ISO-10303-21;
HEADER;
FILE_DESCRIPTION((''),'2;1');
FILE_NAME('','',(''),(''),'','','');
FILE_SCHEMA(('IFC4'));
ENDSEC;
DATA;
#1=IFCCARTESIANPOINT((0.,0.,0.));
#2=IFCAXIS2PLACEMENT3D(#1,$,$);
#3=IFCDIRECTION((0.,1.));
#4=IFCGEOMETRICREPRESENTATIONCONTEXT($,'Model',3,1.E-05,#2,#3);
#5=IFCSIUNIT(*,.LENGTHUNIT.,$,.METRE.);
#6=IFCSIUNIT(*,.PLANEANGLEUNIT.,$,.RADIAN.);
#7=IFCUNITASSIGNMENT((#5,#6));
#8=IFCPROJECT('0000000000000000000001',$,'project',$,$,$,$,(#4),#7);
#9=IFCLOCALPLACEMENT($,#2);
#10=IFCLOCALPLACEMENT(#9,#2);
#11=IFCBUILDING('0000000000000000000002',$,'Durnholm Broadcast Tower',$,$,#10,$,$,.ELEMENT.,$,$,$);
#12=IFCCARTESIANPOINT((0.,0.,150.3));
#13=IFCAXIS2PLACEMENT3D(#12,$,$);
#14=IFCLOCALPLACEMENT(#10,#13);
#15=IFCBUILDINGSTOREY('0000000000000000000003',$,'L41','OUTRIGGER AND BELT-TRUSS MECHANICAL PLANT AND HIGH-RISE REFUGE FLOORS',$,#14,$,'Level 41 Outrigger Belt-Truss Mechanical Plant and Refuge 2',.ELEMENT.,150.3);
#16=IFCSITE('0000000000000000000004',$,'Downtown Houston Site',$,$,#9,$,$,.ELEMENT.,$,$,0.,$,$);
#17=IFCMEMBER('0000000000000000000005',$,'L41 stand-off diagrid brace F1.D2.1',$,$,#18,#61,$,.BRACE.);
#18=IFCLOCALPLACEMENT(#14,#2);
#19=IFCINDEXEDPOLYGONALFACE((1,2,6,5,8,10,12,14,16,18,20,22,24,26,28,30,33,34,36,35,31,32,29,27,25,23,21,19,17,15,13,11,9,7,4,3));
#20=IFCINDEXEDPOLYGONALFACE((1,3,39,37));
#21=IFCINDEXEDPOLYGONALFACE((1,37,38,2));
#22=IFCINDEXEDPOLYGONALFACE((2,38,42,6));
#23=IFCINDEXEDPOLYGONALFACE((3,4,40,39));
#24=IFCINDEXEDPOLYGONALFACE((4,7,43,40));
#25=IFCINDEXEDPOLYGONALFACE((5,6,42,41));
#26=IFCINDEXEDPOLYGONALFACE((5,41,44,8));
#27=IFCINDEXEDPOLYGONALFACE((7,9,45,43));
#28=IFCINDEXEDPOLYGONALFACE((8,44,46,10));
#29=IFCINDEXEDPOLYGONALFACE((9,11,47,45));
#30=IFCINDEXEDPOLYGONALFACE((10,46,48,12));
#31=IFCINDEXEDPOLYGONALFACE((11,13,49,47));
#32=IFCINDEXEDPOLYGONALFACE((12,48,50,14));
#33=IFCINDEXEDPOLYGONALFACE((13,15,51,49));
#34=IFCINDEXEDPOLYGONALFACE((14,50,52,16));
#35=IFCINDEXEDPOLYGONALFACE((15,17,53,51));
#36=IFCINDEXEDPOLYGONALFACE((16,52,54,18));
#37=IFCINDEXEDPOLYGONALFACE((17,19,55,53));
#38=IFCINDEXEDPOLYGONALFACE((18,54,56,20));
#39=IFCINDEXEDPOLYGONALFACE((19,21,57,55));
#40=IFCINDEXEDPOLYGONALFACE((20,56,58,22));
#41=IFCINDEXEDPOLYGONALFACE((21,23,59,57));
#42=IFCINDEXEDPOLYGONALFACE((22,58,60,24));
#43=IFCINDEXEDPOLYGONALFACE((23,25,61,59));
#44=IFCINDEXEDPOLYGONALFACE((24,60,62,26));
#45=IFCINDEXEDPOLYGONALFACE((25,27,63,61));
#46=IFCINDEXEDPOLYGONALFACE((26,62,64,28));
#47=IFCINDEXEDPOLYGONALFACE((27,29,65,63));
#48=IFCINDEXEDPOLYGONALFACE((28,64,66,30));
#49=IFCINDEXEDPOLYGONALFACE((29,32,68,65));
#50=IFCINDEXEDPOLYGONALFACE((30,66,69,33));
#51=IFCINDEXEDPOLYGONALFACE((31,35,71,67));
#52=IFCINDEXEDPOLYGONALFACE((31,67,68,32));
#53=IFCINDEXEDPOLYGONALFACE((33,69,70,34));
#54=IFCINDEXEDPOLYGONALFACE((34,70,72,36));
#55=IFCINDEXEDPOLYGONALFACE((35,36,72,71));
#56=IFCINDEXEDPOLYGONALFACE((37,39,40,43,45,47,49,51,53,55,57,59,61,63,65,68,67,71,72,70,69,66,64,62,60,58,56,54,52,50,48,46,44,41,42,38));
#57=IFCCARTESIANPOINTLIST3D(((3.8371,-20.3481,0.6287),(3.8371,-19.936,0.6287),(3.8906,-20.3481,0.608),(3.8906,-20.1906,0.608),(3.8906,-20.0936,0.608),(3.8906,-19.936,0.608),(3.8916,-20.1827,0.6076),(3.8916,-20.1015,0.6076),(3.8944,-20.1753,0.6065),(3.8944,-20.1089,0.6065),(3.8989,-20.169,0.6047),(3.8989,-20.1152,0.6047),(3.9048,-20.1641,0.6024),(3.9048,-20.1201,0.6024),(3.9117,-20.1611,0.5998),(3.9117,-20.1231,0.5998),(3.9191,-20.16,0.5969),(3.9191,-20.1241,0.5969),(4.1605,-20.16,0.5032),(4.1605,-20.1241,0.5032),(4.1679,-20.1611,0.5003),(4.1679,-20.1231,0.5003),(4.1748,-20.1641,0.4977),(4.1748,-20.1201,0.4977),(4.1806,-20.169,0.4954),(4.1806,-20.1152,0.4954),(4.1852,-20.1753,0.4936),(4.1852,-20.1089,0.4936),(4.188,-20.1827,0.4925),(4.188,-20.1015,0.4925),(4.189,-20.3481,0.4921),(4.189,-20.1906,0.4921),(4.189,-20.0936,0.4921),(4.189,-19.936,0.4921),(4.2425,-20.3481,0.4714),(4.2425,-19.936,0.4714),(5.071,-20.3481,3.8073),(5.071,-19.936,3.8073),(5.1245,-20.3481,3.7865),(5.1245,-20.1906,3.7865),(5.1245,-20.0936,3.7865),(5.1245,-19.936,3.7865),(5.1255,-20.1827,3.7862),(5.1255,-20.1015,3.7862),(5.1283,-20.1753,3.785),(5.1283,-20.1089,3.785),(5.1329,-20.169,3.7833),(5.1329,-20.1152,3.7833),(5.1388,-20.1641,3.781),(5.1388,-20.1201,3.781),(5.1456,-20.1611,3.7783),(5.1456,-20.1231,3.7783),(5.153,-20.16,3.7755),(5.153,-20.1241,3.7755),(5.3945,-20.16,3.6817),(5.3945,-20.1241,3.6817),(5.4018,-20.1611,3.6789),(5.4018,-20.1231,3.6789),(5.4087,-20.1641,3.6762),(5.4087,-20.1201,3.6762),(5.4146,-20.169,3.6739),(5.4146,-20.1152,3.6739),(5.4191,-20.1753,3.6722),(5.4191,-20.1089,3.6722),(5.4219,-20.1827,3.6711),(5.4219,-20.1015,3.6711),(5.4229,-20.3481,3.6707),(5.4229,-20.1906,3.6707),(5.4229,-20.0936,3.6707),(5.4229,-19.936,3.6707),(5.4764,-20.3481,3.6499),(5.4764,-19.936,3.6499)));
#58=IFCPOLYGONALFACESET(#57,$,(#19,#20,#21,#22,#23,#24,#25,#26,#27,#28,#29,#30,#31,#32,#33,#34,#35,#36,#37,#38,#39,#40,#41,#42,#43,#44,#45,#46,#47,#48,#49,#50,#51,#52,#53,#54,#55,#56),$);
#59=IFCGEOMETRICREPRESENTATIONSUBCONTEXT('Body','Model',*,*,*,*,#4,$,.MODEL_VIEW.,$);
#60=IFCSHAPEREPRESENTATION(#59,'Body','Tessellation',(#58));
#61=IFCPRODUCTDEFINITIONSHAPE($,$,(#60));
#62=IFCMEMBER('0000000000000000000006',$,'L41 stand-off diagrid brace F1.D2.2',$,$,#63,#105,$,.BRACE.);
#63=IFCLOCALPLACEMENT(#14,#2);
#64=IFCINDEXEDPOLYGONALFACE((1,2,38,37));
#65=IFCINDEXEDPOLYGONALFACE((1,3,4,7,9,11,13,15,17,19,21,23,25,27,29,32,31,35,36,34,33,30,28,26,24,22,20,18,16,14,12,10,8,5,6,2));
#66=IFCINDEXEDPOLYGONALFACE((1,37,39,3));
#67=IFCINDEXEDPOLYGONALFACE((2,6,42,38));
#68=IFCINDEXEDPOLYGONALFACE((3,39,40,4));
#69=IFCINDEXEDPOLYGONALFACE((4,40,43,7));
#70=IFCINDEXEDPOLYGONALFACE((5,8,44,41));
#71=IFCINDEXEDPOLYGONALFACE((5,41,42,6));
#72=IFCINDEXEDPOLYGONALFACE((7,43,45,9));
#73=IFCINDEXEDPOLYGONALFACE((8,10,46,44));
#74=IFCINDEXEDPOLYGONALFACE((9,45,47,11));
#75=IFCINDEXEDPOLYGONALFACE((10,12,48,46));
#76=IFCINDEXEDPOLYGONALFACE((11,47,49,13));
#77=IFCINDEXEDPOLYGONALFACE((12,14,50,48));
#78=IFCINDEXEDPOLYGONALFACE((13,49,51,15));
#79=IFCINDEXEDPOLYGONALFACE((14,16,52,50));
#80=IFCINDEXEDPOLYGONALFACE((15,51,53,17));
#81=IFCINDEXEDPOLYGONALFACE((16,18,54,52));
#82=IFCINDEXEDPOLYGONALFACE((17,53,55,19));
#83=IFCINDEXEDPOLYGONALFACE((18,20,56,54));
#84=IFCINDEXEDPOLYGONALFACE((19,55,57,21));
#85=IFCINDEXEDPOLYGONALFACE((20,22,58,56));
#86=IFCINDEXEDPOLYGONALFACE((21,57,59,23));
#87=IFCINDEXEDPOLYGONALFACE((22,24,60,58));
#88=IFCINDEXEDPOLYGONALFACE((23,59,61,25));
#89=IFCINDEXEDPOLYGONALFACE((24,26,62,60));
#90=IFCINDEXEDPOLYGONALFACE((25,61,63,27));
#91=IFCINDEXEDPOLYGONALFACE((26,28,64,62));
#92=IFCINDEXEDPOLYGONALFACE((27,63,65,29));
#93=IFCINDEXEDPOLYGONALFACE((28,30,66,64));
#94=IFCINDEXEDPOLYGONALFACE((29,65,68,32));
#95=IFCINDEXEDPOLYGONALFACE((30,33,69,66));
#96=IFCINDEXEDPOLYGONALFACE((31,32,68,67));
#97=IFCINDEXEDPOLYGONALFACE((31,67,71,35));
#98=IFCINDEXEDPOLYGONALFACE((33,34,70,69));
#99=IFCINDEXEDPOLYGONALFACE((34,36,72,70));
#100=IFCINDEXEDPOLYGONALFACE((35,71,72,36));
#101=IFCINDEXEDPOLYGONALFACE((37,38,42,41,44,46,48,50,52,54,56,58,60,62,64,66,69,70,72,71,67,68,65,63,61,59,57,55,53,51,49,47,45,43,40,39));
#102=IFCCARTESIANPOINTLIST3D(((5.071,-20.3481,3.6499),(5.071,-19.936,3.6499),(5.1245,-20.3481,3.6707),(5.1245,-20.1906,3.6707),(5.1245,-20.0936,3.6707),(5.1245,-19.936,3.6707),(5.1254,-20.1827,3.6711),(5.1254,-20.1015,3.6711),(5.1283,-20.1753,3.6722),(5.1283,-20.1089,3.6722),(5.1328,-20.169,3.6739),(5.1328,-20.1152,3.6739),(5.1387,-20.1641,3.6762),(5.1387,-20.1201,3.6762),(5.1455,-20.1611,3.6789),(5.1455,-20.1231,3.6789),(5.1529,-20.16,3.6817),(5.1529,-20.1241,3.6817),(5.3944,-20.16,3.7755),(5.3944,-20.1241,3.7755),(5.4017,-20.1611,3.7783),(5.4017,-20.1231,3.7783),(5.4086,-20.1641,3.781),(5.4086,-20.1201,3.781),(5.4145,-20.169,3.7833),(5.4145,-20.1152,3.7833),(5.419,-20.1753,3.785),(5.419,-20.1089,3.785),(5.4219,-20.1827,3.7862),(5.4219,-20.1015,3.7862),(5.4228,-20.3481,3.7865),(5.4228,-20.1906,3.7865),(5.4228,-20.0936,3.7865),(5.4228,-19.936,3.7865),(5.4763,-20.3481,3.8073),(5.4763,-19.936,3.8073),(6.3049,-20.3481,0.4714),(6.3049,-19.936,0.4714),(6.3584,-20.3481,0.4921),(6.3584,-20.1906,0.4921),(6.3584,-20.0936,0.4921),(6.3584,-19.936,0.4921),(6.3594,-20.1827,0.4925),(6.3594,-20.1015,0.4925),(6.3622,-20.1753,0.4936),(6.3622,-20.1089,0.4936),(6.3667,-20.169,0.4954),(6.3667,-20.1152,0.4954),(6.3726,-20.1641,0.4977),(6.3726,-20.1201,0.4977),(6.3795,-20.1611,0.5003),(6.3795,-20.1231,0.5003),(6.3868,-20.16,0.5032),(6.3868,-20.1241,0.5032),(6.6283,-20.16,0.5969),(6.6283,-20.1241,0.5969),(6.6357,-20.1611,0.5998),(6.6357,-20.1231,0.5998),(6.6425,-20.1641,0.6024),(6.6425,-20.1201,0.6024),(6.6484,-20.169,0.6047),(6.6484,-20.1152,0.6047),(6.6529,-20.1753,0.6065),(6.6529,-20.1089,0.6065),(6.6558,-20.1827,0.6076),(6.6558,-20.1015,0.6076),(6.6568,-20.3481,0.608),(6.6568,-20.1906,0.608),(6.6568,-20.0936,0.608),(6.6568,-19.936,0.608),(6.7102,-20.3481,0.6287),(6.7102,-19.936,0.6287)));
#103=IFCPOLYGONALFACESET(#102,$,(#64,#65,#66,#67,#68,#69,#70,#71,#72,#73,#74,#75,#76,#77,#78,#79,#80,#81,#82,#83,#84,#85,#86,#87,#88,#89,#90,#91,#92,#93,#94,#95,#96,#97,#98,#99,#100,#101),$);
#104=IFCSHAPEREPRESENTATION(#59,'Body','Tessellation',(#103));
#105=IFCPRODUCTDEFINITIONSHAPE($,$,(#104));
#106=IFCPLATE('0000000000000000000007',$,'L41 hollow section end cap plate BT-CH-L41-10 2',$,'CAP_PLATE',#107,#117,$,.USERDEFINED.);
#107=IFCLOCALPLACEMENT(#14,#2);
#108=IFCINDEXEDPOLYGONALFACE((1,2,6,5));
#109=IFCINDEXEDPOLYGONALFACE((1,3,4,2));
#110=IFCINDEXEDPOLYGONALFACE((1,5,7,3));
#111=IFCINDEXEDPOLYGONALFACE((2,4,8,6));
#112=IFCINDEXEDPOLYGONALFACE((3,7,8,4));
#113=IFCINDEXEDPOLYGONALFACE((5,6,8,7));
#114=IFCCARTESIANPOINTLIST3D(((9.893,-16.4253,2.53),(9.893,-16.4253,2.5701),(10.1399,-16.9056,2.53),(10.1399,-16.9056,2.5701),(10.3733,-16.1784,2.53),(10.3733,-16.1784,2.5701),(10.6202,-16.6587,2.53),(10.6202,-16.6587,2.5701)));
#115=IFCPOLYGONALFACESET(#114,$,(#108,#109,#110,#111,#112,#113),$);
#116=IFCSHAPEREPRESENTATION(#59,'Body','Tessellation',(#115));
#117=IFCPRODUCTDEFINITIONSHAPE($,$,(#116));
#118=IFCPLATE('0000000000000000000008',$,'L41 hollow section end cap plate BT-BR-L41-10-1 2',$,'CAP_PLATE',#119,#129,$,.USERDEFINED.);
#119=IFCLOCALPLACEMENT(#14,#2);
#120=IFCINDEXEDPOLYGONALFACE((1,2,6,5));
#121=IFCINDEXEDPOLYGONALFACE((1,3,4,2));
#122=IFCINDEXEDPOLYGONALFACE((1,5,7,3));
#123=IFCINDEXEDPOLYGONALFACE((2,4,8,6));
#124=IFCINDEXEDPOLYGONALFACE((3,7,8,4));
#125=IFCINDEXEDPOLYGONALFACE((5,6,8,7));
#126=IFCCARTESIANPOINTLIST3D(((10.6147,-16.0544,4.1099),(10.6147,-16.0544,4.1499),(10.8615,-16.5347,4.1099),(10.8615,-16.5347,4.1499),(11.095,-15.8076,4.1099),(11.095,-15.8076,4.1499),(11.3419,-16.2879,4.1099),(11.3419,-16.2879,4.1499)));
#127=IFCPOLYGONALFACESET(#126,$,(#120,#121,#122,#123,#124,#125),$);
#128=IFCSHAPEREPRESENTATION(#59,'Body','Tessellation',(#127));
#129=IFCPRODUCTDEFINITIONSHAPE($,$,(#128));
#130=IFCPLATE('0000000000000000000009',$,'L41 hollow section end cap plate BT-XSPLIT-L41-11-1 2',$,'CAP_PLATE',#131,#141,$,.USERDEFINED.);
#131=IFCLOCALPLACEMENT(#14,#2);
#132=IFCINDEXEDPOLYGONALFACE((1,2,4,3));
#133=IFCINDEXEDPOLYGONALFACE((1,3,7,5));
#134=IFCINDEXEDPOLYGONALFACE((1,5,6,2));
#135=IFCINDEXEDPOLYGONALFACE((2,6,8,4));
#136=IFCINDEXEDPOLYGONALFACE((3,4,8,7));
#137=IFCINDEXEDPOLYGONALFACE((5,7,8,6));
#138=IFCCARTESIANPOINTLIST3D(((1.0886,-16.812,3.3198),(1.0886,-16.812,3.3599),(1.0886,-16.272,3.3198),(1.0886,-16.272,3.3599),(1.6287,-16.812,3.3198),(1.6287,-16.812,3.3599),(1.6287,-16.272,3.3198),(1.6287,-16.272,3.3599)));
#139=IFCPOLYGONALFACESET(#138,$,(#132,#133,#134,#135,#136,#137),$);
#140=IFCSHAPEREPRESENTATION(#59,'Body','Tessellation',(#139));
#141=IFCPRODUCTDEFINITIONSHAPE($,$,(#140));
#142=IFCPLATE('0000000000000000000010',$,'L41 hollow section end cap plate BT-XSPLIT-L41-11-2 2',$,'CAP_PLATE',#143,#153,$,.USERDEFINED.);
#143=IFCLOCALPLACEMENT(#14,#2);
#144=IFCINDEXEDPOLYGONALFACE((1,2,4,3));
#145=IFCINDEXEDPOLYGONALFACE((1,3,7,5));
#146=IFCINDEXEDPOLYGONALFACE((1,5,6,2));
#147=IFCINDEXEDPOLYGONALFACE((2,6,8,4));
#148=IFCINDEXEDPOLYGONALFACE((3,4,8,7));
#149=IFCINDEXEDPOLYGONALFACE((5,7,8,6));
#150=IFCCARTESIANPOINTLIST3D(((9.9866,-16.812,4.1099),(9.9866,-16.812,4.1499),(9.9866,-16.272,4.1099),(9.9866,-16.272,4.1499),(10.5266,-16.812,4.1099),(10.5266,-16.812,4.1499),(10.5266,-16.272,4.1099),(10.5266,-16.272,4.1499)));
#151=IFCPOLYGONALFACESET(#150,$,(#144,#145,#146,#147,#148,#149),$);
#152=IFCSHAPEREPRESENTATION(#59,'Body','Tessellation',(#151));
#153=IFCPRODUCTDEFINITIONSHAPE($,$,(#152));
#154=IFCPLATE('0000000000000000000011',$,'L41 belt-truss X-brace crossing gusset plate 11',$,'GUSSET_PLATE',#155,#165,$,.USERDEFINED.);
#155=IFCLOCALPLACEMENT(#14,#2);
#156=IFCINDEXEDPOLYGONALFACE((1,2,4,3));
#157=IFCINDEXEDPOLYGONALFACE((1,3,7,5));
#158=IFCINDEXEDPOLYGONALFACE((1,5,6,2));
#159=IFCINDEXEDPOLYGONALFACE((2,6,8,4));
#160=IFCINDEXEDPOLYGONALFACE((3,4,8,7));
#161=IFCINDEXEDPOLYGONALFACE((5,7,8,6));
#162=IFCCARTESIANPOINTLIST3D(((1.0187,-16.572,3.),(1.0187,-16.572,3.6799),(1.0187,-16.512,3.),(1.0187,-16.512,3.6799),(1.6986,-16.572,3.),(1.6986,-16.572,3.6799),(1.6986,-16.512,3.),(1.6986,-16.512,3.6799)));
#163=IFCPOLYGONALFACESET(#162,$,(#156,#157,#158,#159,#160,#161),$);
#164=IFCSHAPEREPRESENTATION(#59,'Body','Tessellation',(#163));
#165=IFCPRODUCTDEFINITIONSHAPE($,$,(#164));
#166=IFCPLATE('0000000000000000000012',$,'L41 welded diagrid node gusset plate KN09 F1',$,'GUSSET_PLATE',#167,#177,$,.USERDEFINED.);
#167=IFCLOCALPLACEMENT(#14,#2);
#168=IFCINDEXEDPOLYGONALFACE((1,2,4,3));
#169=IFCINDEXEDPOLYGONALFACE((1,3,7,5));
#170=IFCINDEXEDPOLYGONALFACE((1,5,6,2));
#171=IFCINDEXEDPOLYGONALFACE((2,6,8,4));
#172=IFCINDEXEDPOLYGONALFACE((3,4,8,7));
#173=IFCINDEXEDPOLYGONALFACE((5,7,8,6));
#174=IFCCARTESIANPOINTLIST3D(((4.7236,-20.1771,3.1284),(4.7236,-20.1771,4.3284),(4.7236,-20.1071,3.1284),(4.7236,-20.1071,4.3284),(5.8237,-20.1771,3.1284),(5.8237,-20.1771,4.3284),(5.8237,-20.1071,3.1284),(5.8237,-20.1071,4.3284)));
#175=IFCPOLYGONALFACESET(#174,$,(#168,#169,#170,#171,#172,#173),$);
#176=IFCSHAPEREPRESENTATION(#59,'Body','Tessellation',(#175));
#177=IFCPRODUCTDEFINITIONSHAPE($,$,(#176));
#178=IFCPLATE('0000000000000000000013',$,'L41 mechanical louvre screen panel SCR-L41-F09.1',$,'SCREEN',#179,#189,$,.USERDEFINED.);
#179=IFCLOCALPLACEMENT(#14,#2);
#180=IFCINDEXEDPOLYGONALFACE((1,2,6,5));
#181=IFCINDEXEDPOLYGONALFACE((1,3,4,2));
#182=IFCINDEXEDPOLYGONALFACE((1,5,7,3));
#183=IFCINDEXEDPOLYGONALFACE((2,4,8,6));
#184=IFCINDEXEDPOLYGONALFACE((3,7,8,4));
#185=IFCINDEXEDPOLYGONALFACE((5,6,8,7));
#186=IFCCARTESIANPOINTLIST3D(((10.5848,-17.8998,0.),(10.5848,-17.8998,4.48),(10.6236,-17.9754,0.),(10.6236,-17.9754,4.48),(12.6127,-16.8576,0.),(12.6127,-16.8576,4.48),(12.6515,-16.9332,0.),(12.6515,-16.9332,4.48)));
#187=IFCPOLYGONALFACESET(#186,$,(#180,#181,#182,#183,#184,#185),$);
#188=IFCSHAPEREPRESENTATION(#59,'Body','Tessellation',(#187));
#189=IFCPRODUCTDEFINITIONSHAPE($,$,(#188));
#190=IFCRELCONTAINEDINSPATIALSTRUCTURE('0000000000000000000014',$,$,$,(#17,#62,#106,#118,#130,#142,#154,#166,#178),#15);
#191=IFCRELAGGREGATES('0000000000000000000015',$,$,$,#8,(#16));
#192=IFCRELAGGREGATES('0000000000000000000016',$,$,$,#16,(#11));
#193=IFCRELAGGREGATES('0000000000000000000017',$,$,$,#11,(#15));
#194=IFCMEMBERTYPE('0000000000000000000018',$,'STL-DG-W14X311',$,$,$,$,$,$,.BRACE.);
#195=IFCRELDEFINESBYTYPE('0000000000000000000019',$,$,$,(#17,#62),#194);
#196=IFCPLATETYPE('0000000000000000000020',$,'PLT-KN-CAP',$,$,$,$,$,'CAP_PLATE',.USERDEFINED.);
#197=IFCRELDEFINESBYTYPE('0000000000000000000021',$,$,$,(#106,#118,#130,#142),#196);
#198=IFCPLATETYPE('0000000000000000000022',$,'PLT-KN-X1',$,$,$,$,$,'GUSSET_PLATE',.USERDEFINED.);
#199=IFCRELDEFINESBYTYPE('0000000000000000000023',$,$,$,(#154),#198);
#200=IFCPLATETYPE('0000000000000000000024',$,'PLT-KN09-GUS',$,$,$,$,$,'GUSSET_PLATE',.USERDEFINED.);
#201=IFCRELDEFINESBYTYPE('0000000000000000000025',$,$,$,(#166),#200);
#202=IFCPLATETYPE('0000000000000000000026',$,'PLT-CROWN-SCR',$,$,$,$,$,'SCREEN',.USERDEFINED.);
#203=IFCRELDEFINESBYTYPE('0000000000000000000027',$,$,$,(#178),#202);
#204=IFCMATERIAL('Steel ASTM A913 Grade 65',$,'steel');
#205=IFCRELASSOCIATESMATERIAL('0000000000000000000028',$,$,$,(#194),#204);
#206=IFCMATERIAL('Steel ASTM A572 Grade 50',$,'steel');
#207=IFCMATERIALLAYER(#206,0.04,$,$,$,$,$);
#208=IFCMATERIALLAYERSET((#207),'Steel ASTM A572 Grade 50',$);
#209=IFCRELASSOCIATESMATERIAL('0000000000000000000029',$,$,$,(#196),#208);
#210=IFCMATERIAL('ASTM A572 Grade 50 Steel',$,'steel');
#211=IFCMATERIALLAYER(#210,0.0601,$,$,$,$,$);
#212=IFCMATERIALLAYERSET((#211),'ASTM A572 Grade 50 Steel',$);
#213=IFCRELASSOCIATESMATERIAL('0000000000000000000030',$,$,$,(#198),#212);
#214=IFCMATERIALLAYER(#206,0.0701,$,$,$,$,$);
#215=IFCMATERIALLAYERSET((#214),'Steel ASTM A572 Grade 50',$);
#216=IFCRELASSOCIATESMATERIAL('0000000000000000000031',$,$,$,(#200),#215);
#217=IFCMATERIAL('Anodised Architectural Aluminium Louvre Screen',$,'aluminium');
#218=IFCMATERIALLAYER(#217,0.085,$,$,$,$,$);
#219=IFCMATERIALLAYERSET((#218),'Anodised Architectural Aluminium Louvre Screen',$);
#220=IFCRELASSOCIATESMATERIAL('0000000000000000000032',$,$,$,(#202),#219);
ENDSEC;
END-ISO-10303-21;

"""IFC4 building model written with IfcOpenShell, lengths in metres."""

from ifc_helpers import new_model, si_unit, direction, frame, origin, origin_2d, place, context, subcontext, project, spatial, rectangle, i_section, extrude, source, transform, mapped, material, layer, layer_set, material_profile, profile_set, type_object, type_shapes, element, save


model = new_model("IFC4")

# Units and contexts
model_context = context("Model", 3, precision=1e-05, world=origin(), true_north=direction((0.0, 1.0)))
body_context = subcontext(model_context, "Body", "Model", "MODEL_VIEW")
ifc_project = project(units=[si_unit("LENGTHUNIT", "METRE"), si_unit("PLANEANGLEUNIT", "RADIAN")], contexts=[model_context])

# Site, building, storey
site_placement = place(None, origin())
site = spatial("IfcSite", under=ifc_project, at=site_placement, Name="Downtown Houston Site", CompositionType="ELEMENT", RefElevation=0.0)
building_placement = place(site_placement, origin())
building = spatial("IfcBuilding", under=site, at=building_placement, Name="Durnholm Broadcast Tower", CompositionType="ELEMENT")
storey_placement = place(building_placement, frame((0.0, 0.0, 150.3)))
storey = spatial("IfcBuildingStorey", under=building, at=storey_placement, Name="L41", Description="OUTRIGGER AND BELT-TRUSS MECHANICAL PLANT AND HIGH-RISE REFUGE FLOORS", LongName="Level 41 Outrigger Belt-Truss Mechanical Plant and Refuge 2", CompositionType="ELEMENT", Elevation=150.3)

# Members
ifc_material_1 = material(Name="Steel ASTM A913 Grade 65", Category="steel")
ifc_material_profile_1 = material_profile(ifc_material_1, i_section(OverallWidth=0.4121, OverallDepth=0.4348, WebThickness=0.0359, FlangeThickness=0.0574, FilletRadius=0.0305, at=origin_2d()), Name="W14X311")
ifc_profile_set_1 = profile_set([ifc_material_profile_1], Name="Steel ASTM A913 Grade 65")
member_type_1 = type_object("IfcMemberType", Name="STL-DG-W14X311", PredefinedType="BRACE", material=ifc_profile_set_1)
shared_shape_1 = source(origin(), body_context, "Body", "SweptSolid", [
    extrude(i_section(OverallWidth=0.4121, OverallDepth=0.4348, WebThickness=0.0359, FlangeThickness=0.0574, FilletRadius=0.0305, at=origin_2d()), origin(), (0.0, 0.0, 1.0), 3.4097),
])
type_shapes(member_type_1, [shared_shape_1])
for number, where, z_axis, x_axis, name in (
    (1, (4.0398, -20.1421, 0.55), (0.36189, 0.0, 0.932221), (0.0, 1.0, 0.0), "L41 stand-off diagrid brace F1.D2.1"),
    (2, (6.5076, -20.1421, 0.55), (-0.36189, 0.0, 0.932221), (0.0, -1.0, 0.0), "L41 stand-off diagrid brace F1.D2.2"),
):
    element("IfcMember", number, at=place(storey_placement, frame(where, z_axis=z_axis, x_axis=x_axis)), inside=storey, type_object=member_type_1, Name=name, PredefinedType="BRACE", context=body_context, shape_type="MappedRepresentation", body=[
        mapped(shared_shape_1, transform((0.0, 0.0, 0.0), x_axis=(1.0, 0.0, 0.0), y_axis=(0.0, 1.0, 0.0), z_axis=(0.0, 0.0, 1.0), scale=1.0)),
    ])

# Plates
ifc_material_2 = material(Name="Steel ASTM A572 Grade 50", Category="steel")
ifc_layer_1 = layer(ifc_material_2, 0.04)
ifc_layer_set_1 = layer_set([ifc_layer_1], Name="Steel ASTM A572 Grade 50")
plate_type_1 = type_object("IfcPlateType", Name="PLT-KN-CAP", ElementType="CAP_PLATE", PredefinedType="USERDEFINED", material=ifc_layer_set_1)
shared_shape_2 = source(origin(), body_context, "Body", "SweptSolid", [
    extrude(rectangle(XDim=0.54, YDim=0.54, at=origin_2d()), origin(), (0.0, 0.0, 1.0), 0.04),
])
type_shapes(plate_type_1, [shared_shape_2])
for number, where, z_axis, x_axis, name in (
    (3, (10.2566, -16.542, 2.53), (0.0, 0.0, 1.0), (-0.889416, -0.457098, 0.0), "L41 hollow section end cap plate BT-CH-L41-10 2"),
    (4, (10.9783, -16.1711, 4.1099), (0.0, 0.0, 1.0), (-0.889416, -0.457098, 0.0), "L41 hollow section end cap plate BT-BR-L41-10-1 2"),
    (5, (1.3586, -16.542, 3.3198), (0.0, 0.0, 1.0), (1.0, 0.0, 0.0), "L41 hollow section end cap plate BT-XSPLIT-L41-11-1 2"),
    (6, (10.2566, -16.542, 4.1099), (0.0, 0.0, 1.0), (1.0, 0.0, 0.0), "L41 hollow section end cap plate BT-XSPLIT-L41-11-2 2"),
):
    element("IfcPlate", number, at=place(storey_placement, frame(where, z_axis=z_axis, x_axis=x_axis)), inside=storey, type_object=plate_type_1, Name=name, ObjectType="CAP_PLATE", PredefinedType="USERDEFINED", context=body_context, shape_type="MappedRepresentation", body=[
        mapped(shared_shape_2, transform((0.0, 0.0, 0.0), x_axis=(1.0, 0.0, 0.0), y_axis=(0.0, 1.0, 0.0), z_axis=(0.0, 0.0, 1.0), scale=1.0)),
    ])
ifc_material_3 = material(Name="ASTM A572 Grade 50 Steel", Category="steel")
ifc_layer_2 = layer(ifc_material_3, 0.0601)
ifc_layer_set_2 = layer_set([ifc_layer_2], Name="ASTM A572 Grade 50 Steel")
plate_type_2 = type_object("IfcPlateType", Name="PLT-KN-X1", ElementType="GUSSET_PLATE", PredefinedType="USERDEFINED", material=ifc_layer_set_2)
shared_shape_3 = source(origin(), body_context, "Body", "SweptSolid", [
    extrude(rectangle(XDim=0.6799, YDim=0.0601, at=origin_2d()), origin(), (0.0, 0.0, 1.0), 0.6799),
])
type_shapes(plate_type_2, [shared_shape_3])
plate_1_placement = place(storey_placement, frame((1.3586, -16.542, 3.0), z_axis=(0.0, 0.0, 1.0), x_axis=(-1.0, 0.0, 0.0)))
element("IfcPlate", 7, at=plate_1_placement, inside=storey, type_object=plate_type_2, Name="L41 belt-truss X-brace crossing gusset plate 11", ObjectType="GUSSET_PLATE", PredefinedType="USERDEFINED", context=body_context, shape_type="MappedRepresentation", body=[
    mapped(shared_shape_3, transform((0.0, 0.0, 0.0), x_axis=(1.0, 0.0, 0.0), y_axis=(0.0, 1.0, 0.0), z_axis=(0.0, 0.0, 1.0), scale=1.0)),
])
ifc_layer_3 = layer(ifc_material_2, 0.0701)
ifc_layer_set_3 = layer_set([ifc_layer_3], Name="Steel ASTM A572 Grade 50")
plate_type_3 = type_object("IfcPlateType", Name="PLT-KN09-GUS", ElementType="GUSSET_PLATE", PredefinedType="USERDEFINED", material=ifc_layer_set_3)
shared_shape_4 = source(origin(), body_context, "Body", "SweptSolid", [
    extrude(rectangle(XDim=1.1001, YDim=0.0701, at=origin_2d()), origin(), (0.0, 0.0, 1.0), 1.2),
])
type_shapes(plate_type_3, [shared_shape_4])
plate_2_placement = place(storey_placement, frame((5.2737, -20.1421, 3.1284), z_axis=(0.0, 0.0, 1.0), x_axis=(1.0, 0.0, 0.0)))
element("IfcPlate", 8, at=plate_2_placement, inside=storey, type_object=plate_type_3, Name="L41 welded diagrid node gusset plate KN09 F1", ObjectType="GUSSET_PLATE", PredefinedType="USERDEFINED", context=body_context, shape_type="MappedRepresentation", body=[
    mapped(shared_shape_4, transform((0.0, 0.0, 0.0), x_axis=(1.0, 0.0, 0.0), y_axis=(0.0, 1.0, 0.0), z_axis=(0.0, 0.0, 1.0), scale=1.0)),
])
ifc_material_4 = material(Name="Anodised Architectural Aluminium Louvre Screen", Category="aluminium")
ifc_layer_4 = layer(ifc_material_4, 0.085)
ifc_layer_set_4 = layer_set([ifc_layer_4], Name="Anodised Architectural Aluminium Louvre Screen")
plate_type_4 = type_object("IfcPlateType", Name="PLT-CROWN-SCR", ElementType="SCREEN", PredefinedType="USERDEFINED", material=ifc_layer_set_4)
shared_shape_5 = source(origin(), body_context, "Body", "SweptSolid", [
    extrude(rectangle(XDim=2.28, YDim=0.085, at=origin_2d()), origin(), (0.0, 0.0, 1.0), 4.48),
])
plate_3_placement = place(storey_placement, frame((11.6182, -17.4165, 0.0), z_axis=(0.0, 0.0, 1.0), x_axis=(-0.889416, -0.457098, 0.0)))
element("IfcPlate", 9, at=plate_3_placement, inside=storey, type_object=plate_type_4, Name="L41 mechanical louvre screen panel SCR-L41-F09.1", ObjectType="SCREEN", PredefinedType="USERDEFINED", context=body_context, shape_type="MappedRepresentation", body=[
    mapped(shared_shape_5, transform((0.0, 0.0, 0.0), x_axis=(1.0, 0.0, 0.0), y_axis=(0.0, 1.0, 0.0), z_axis=(0.0, 0.0, 1.0), scale=1.0)),
])

save(model, "model.ifc")
